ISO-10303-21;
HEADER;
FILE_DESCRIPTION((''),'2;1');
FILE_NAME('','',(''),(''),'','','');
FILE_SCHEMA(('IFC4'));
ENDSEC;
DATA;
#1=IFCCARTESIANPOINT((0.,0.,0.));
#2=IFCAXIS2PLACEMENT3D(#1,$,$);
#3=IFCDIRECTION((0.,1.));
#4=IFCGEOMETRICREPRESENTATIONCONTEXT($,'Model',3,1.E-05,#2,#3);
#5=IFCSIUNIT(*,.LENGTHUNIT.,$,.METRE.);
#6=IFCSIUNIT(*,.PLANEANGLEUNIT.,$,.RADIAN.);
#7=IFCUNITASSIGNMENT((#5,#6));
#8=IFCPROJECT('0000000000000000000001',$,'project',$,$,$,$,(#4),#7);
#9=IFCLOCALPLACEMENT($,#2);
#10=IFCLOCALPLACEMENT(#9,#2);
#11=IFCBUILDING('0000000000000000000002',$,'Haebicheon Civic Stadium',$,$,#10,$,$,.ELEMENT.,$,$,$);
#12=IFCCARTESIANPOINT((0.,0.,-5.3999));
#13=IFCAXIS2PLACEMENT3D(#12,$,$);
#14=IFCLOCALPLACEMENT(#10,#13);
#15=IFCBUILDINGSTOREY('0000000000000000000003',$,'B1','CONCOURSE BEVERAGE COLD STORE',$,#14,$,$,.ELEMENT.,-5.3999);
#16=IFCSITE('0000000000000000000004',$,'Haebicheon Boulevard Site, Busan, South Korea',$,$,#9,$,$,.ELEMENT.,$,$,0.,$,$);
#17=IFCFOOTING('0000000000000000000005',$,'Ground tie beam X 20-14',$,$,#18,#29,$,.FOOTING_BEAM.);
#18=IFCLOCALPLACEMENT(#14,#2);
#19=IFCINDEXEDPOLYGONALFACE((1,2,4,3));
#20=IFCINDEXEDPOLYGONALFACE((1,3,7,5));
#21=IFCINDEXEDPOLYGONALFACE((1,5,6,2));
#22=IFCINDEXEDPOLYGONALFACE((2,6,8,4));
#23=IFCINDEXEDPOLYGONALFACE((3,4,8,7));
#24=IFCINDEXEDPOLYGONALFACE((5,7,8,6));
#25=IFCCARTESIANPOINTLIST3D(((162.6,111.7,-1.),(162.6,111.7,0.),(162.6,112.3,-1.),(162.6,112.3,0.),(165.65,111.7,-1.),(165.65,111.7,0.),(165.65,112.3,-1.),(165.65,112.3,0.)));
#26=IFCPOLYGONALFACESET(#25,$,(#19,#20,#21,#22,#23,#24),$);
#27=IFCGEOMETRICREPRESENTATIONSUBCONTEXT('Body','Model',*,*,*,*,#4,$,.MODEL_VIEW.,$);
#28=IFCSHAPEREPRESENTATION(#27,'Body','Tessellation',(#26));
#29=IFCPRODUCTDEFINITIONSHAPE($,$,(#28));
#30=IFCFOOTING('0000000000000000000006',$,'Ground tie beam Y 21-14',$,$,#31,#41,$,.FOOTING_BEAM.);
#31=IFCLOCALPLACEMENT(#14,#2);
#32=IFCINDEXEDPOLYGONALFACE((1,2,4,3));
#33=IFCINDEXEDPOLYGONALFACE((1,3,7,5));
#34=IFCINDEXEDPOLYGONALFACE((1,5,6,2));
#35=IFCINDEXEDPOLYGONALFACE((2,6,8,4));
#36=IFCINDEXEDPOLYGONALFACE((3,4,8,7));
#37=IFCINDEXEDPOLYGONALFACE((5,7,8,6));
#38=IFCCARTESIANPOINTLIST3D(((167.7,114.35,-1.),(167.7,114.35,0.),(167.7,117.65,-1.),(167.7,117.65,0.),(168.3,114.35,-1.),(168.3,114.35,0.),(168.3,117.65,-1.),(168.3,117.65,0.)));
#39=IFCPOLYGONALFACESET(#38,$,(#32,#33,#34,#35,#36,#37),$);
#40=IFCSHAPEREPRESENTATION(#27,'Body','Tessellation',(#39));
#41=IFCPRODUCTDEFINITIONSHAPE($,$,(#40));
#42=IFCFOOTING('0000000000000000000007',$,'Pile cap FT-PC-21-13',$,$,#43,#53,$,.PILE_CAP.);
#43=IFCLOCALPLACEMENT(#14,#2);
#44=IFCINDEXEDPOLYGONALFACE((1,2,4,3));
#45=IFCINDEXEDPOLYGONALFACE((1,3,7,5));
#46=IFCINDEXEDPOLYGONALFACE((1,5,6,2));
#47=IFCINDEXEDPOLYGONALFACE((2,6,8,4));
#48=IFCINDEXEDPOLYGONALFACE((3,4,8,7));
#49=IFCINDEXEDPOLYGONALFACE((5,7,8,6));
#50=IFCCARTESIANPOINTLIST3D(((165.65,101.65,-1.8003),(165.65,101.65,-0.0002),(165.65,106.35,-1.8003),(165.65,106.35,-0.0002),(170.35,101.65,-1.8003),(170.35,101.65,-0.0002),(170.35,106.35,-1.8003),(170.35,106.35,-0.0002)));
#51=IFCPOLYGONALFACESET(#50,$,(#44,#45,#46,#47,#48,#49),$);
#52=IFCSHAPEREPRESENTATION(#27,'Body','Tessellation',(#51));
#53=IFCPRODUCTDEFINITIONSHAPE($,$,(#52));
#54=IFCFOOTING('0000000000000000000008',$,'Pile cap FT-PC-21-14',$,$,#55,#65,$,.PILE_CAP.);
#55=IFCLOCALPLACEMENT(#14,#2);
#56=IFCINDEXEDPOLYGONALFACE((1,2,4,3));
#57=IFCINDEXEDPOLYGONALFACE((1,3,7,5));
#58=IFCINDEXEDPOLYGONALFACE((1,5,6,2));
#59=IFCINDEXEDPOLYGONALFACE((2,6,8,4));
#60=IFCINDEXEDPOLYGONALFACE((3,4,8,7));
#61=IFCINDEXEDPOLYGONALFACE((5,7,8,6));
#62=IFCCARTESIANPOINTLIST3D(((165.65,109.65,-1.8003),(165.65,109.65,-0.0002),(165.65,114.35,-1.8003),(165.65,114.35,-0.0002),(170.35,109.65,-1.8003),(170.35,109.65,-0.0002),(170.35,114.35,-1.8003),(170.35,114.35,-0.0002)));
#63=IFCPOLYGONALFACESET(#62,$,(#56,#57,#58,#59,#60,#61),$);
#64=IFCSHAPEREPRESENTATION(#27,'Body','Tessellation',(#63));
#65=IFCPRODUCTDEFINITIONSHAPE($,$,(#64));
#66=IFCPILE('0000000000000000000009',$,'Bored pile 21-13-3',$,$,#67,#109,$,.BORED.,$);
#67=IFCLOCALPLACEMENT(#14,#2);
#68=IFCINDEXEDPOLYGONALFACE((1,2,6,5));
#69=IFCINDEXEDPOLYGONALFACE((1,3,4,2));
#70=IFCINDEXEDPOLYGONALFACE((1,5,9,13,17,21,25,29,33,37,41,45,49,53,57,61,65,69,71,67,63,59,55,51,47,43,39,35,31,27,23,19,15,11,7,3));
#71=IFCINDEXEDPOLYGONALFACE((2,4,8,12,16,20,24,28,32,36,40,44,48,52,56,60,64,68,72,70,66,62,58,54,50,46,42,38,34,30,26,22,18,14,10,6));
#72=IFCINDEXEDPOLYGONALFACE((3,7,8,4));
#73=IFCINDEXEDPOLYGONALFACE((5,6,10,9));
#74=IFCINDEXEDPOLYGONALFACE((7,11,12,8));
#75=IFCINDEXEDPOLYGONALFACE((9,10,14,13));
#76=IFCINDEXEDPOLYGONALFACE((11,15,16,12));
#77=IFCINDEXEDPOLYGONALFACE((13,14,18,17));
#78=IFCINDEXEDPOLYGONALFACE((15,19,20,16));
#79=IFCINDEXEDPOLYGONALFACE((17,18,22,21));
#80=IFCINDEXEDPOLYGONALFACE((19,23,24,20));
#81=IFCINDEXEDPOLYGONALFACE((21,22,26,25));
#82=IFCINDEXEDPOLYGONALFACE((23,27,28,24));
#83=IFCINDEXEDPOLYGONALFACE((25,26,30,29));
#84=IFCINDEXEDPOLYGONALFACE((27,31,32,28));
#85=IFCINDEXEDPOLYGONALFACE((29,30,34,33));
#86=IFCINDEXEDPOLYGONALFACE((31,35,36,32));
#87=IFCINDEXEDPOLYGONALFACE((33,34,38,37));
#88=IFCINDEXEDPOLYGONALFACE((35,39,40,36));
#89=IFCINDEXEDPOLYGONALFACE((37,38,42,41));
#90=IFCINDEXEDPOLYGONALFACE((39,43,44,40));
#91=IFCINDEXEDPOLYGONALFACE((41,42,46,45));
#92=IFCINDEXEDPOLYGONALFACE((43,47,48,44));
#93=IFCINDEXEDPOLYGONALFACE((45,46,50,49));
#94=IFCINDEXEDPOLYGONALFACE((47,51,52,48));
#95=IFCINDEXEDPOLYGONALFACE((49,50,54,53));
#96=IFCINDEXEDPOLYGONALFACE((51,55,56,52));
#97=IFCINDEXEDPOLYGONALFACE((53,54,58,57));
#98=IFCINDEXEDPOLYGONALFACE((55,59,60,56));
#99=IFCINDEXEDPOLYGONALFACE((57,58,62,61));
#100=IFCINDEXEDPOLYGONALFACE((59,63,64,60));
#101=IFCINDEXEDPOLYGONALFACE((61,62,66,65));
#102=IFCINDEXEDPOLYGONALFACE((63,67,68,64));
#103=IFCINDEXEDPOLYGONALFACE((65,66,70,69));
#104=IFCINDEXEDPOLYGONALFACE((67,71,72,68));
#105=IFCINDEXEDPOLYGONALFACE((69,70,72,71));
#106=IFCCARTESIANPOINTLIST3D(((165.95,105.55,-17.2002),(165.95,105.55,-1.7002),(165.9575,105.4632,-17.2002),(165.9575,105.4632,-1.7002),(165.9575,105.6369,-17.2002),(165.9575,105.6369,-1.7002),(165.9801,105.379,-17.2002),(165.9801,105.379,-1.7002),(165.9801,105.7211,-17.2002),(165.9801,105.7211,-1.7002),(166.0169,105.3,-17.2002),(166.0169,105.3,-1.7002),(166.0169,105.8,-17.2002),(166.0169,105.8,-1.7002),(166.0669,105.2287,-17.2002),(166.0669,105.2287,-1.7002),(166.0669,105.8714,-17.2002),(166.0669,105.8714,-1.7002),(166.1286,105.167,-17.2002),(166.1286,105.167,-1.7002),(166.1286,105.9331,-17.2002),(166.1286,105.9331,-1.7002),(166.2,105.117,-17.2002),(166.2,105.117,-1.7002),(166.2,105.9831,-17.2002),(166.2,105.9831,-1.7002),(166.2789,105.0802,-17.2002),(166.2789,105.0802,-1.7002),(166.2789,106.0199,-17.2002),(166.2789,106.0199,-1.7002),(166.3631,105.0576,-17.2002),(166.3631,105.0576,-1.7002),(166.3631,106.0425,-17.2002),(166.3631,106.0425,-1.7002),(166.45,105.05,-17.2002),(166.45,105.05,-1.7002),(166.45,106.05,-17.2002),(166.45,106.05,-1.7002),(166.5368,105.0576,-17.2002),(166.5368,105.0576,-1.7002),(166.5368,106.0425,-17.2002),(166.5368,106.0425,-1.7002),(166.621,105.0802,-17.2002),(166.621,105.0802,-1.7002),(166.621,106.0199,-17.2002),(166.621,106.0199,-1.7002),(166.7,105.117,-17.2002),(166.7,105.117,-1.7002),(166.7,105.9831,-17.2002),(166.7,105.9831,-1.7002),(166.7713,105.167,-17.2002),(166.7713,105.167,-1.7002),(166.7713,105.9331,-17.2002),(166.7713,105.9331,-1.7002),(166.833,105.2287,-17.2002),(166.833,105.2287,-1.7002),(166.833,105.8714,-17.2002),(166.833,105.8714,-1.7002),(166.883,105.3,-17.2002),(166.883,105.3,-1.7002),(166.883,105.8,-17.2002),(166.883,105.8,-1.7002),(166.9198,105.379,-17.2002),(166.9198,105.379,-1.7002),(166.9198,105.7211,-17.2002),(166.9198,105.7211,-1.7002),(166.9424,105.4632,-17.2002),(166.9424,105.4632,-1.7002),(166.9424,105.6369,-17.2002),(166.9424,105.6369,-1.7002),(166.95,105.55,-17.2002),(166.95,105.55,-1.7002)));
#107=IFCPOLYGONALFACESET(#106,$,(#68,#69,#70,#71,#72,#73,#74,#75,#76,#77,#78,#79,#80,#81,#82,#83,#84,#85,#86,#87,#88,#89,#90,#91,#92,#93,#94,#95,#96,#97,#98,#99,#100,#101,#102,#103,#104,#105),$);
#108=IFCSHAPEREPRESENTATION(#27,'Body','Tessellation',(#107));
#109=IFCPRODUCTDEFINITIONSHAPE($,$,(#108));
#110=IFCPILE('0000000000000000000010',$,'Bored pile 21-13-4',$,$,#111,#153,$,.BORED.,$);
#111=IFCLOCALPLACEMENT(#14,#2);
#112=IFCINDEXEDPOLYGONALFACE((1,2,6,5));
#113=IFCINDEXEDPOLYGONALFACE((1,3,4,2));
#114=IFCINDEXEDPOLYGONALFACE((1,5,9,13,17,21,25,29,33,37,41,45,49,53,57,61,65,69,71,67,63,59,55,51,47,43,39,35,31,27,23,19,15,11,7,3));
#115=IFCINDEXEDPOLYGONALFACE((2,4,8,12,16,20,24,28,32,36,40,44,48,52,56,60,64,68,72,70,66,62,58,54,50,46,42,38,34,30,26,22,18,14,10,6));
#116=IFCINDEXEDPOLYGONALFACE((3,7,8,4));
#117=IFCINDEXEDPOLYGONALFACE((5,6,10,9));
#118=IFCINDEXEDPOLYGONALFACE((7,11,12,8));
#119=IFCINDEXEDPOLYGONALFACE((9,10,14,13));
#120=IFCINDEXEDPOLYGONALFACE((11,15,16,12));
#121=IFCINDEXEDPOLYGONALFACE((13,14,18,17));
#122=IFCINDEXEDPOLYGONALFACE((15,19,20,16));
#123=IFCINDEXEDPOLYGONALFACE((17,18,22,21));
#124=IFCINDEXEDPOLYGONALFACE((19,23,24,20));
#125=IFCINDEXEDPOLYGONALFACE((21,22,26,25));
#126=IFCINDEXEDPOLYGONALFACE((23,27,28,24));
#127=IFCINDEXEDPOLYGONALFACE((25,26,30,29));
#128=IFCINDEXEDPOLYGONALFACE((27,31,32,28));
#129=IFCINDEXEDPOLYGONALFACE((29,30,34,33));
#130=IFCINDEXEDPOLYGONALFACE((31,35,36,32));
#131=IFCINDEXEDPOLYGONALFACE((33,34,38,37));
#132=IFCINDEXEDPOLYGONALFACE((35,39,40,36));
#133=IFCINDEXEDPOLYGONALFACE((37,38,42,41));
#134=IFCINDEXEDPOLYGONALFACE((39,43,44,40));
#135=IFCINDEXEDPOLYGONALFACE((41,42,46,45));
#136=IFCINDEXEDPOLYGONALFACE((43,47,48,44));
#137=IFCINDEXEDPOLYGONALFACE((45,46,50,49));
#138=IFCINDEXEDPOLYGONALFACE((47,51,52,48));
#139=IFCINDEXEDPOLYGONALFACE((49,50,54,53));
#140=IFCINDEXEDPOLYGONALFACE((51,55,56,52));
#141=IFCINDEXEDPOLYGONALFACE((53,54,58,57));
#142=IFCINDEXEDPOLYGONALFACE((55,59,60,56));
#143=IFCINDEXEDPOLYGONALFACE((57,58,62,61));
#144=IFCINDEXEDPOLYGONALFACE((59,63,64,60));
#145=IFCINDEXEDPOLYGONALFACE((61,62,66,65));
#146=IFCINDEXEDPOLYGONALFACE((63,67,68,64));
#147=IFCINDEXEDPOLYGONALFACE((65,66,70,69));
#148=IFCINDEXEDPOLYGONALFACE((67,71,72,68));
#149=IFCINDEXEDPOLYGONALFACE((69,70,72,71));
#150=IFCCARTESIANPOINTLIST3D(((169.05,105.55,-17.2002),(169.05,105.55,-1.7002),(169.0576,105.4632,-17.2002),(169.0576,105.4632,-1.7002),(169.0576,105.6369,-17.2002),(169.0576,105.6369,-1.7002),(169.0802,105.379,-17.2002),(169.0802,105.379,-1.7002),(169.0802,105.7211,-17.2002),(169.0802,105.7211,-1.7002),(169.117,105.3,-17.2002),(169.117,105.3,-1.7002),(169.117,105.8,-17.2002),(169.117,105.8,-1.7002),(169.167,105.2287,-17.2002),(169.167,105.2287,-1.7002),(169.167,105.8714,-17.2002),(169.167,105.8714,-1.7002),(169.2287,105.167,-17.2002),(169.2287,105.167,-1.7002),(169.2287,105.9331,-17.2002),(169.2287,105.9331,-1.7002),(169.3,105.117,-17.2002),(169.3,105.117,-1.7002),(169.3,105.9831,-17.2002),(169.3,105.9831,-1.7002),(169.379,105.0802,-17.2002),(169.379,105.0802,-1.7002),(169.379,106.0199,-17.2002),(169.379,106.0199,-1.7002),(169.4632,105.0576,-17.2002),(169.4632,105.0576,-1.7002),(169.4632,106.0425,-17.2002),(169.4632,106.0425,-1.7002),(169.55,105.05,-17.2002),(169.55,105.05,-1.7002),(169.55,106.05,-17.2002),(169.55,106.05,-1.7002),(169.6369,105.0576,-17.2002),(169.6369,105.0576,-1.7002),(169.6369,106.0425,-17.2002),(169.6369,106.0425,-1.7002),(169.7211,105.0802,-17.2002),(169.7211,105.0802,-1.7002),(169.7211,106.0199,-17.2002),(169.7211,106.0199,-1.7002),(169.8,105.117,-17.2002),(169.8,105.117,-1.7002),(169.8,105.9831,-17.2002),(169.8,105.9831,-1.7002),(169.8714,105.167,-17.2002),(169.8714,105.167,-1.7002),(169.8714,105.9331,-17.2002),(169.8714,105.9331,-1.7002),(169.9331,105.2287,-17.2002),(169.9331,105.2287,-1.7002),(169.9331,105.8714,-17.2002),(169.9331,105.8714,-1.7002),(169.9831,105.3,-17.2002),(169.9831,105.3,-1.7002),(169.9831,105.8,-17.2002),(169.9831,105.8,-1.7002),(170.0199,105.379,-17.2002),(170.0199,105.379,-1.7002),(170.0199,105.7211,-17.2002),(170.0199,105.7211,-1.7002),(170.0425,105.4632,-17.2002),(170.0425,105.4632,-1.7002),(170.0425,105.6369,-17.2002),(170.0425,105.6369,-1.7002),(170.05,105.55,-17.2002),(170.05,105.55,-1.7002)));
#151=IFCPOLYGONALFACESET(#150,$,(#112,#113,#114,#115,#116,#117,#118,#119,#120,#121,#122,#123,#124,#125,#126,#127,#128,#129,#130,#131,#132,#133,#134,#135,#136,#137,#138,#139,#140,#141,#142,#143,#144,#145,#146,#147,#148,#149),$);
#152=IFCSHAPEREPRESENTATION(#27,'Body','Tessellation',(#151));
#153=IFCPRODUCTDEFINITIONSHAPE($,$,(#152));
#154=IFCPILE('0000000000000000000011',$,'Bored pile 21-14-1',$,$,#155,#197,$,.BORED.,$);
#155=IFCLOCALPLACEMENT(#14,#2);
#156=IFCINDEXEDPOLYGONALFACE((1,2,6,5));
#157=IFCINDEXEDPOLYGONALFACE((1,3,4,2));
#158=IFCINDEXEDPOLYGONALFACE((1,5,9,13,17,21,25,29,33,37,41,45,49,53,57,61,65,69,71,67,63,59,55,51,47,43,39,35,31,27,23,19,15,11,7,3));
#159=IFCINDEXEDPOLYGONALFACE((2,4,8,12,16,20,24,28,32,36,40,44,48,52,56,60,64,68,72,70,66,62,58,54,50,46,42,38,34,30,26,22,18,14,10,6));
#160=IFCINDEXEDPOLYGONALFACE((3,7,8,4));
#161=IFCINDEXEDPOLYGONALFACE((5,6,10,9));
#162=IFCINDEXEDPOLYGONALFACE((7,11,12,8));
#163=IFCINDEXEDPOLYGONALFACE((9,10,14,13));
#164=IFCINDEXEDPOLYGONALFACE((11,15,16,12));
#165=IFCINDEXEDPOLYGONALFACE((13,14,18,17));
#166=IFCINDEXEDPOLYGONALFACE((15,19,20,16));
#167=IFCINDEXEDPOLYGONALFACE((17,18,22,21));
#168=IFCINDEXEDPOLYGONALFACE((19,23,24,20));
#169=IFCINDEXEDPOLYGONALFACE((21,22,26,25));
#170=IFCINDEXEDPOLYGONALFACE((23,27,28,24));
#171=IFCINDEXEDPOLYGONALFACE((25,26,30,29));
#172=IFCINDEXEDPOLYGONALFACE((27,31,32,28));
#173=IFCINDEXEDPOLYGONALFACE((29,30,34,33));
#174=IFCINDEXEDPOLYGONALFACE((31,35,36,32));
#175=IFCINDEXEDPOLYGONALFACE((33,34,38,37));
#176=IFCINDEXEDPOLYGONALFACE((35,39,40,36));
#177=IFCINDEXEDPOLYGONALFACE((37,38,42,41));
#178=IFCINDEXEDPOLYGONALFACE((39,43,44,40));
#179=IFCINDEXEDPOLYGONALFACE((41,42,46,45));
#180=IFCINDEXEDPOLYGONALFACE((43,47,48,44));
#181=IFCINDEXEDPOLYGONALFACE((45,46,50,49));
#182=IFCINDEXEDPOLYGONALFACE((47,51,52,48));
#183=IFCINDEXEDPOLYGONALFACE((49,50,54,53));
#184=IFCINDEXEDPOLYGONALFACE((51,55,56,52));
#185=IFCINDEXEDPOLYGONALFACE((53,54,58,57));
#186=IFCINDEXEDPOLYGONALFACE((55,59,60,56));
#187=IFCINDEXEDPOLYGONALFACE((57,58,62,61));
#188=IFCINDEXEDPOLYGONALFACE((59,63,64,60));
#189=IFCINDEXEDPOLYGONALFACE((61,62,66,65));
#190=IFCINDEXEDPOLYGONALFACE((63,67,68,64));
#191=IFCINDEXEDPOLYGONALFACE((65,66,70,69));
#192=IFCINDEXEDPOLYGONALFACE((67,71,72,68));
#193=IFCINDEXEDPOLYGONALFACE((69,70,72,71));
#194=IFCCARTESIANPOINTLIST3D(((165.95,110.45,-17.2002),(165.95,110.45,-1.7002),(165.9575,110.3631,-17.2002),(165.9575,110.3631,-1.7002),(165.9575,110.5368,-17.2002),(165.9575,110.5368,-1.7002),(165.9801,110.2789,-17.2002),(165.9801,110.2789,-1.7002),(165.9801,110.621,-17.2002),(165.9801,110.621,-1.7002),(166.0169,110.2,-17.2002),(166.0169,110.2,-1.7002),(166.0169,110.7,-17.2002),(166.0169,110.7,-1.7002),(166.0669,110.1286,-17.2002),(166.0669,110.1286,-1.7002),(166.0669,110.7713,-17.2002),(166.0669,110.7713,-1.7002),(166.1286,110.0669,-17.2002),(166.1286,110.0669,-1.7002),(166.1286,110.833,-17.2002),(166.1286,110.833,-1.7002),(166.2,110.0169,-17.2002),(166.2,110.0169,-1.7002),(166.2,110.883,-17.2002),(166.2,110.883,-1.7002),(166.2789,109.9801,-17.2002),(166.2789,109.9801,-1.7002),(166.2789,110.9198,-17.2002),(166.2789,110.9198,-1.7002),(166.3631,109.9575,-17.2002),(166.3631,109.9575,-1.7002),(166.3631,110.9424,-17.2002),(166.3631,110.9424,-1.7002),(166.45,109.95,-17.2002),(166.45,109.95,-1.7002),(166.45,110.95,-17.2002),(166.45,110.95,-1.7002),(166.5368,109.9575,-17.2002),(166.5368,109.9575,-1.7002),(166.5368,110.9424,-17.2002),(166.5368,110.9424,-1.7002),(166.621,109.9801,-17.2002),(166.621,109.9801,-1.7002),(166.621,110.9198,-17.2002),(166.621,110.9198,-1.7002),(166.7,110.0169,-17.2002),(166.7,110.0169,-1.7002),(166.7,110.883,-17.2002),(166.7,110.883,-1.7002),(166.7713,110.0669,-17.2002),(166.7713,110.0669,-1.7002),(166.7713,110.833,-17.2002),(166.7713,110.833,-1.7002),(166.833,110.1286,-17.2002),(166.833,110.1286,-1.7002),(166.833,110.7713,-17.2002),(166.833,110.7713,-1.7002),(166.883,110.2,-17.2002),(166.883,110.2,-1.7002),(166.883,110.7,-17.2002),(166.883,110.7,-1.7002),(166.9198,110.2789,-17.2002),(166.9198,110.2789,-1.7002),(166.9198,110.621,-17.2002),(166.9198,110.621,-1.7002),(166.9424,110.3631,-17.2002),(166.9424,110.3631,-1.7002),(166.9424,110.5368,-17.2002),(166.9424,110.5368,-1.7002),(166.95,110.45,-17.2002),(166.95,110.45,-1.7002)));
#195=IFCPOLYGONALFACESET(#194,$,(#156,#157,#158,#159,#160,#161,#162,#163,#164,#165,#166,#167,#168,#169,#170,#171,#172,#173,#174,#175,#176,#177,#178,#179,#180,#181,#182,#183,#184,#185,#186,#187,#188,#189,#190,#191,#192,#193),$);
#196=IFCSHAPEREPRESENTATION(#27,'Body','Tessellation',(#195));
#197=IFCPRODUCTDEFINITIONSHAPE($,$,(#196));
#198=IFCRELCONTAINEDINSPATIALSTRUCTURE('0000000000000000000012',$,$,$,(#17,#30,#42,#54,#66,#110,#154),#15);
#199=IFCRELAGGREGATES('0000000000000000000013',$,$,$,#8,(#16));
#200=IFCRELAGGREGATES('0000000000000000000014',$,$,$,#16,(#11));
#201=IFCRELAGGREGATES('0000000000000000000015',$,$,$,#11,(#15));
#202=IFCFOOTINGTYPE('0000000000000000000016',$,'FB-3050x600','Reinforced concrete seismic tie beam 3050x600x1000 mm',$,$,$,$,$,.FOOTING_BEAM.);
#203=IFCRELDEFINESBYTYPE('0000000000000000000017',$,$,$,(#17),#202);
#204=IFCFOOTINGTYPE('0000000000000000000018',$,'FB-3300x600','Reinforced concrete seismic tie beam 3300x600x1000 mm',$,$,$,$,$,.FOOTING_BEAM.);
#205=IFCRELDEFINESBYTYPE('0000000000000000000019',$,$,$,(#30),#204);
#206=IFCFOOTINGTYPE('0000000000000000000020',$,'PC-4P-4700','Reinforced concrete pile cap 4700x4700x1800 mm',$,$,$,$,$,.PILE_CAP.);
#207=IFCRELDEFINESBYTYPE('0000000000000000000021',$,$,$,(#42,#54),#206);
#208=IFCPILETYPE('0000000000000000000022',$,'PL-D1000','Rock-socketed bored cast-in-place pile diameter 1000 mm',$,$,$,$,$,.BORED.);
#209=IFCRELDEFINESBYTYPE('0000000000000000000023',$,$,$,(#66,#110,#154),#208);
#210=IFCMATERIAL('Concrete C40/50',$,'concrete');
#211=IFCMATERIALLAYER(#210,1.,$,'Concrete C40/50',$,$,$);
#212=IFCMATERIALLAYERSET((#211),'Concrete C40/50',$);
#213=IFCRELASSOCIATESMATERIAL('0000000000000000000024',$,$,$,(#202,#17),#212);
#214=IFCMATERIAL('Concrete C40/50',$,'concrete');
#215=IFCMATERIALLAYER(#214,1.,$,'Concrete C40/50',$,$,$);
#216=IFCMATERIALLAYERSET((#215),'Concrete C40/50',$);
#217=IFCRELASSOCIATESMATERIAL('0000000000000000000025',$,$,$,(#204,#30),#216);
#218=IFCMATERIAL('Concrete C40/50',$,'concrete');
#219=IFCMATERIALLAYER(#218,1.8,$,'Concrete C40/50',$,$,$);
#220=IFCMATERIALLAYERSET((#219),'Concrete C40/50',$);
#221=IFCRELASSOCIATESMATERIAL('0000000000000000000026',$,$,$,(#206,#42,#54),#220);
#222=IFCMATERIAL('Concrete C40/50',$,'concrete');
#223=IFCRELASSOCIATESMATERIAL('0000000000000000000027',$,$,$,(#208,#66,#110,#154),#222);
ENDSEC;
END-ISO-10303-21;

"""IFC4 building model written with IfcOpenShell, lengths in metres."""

from ifc_helpers import new_model, si_unit, direction, frame, origin, origin_2d, place, context, subcontext, project, spatial, rectangle, circle, extrude, material, layer, layer_set, material_profile, profile_set, type_object, element, save


model = new_model("IFC4")

# Units and contexts
model_context = context("Model", 3, precision=1e-05, world=origin(), true_north=direction((0.0, 1.0)))
body_context = subcontext(model_context, "Body", "Model", "MODEL_VIEW")
ifc_project = project(units=[si_unit("LENGTHUNIT", "METRE"), si_unit("PLANEANGLEUNIT", "RADIAN")], contexts=[model_context])

# Site, building, storey
site_placement = place(None, origin())
site = spatial("IfcSite", under=ifc_project, at=site_placement, Name="Haebicheon Boulevard Site, Busan, South Korea", CompositionType="ELEMENT", RefElevation=0.0)
building_placement = place(site_placement, origin())
building = spatial("IfcBuilding", under=site, at=building_placement, Name="Haebicheon Civic Stadium", CompositionType="ELEMENT")
storey_placement = place(building_placement, frame((0.0, 0.0, -5.3999)))
storey = spatial("IfcBuildingStorey", under=building, at=storey_placement, Name="B1", Description="CONCOURSE BEVERAGE COLD STORE", CompositionType="ELEMENT", Elevation=-5.3999)

# Footings
ifc_material_1 = material(Name="Concrete C40/50", Category="concrete")
ifc_layer_1 = layer(ifc_material_1, 1.0, Name="Concrete C40/50")
ifc_layer_set_1 = layer_set([ifc_layer_1], Name="Concrete C40/50")
footing_type_1 = type_object("IfcFootingType", Name="FB-3050x600", Description="Reinforced concrete seismic tie beam 3050x600x1000 mm", PredefinedType="FOOTING_BEAM", material=ifc_layer_set_1)
footing_1_placement = place(storey_placement, frame((164.125, 112.0, -1.0), z_axis=(0.0, 0.0, 1.0), x_axis=(1.0, 0.0, 0.0)))
element("IfcFooting", 1, at=footing_1_placement, inside=storey, type_object=footing_type_1, material=ifc_layer_set_1, Name="Ground tie beam X 20-14", PredefinedType="FOOTING_BEAM", context=body_context, shape_type="SweptSolid", body=[
    extrude(rectangle(XDim=3.05, YDim=0.6001, at=origin_2d()), origin(), (0.0, 0.0, 1.0), 1.0),
])
ifc_material_2 = material(Name="Concrete C40/50", Category="concrete")
ifc_layer_2 = layer(ifc_material_2, 1.0, Name="Concrete C40/50")
ifc_layer_set_2 = layer_set([ifc_layer_2], Name="Concrete C40/50")
footing_type_2 = type_object("IfcFootingType", Name="FB-3300x600", Description="Reinforced concrete seismic tie beam 3300x600x1000 mm", PredefinedType="FOOTING_BEAM", material=ifc_layer_set_2)
footing_2_placement = place(storey_placement, frame((168.0, 116.0, -1.0), z_axis=(0.0, 0.0, 1.0), x_axis=(0.0, 1.0, 0.0)))
element("IfcFooting", 2, at=footing_2_placement, inside=storey, type_object=footing_type_2, material=ifc_layer_set_2, Name="Ground tie beam Y 21-14", PredefinedType="FOOTING_BEAM", context=body_context, shape_type="SweptSolid", body=[
    extrude(rectangle(XDim=3.3, YDim=0.6001, at=origin_2d()), origin(), (0.0, 0.0, 1.0), 1.0),
])
ifc_material_3 = material(Name="Concrete C40/50", Category="concrete")
ifc_layer_3 = layer(ifc_material_3, 1.8, Name="Concrete C40/50")
ifc_layer_set_3 = layer_set([ifc_layer_3], Name="Concrete C40/50")
footing_type_3 = type_object("IfcFootingType", Name="PC-4P-4700", Description="Reinforced concrete pile cap 4700x4700x1800 mm", PredefinedType="PILE_CAP", material=ifc_layer_set_3)
for number, where, z_axis, x_axis, name in (
    (3, (168.0, 104.0, -1.8003), (0.0, 0.0, 1.0), (1.0, 0.0, 0.0), "Pile cap FT-PC-21-13"),
    (4, (168.0, 112.0, -1.8003), (0.0, 0.0, 1.0), (1.0, 0.0, 0.0), "Pile cap FT-PC-21-14"),
):
    element("IfcFooting", number, at=place(storey_placement, frame(where, z_axis=z_axis, x_axis=x_axis)), inside=storey, type_object=footing_type_3, material=ifc_layer_set_3, Name=name, PredefinedType="PILE_CAP", context=body_context, shape_type="SweptSolid", body=[
        extrude(rectangle(XDim=4.7, YDim=4.7, at=origin_2d()), origin(), (0.0, 0.0, 1.0), 1.8),
    ])

# Piles
ifc_material_4 = material(Name="Concrete C40/50", Category="concrete")
ifc_material_profile_1 = material_profile(ifc_material_4, circle(Radius=0.5, at=origin_2d()), Name="PILE-D1000")
ifc_profile_set_1 = profile_set([ifc_material_profile_1], Name="Concrete C40/50")
pile_type_1 = type_object("IfcPileType", Name="PL-D1000", Description="Rock-socketed bored cast-in-place pile diameter 1000 mm", PredefinedType="BORED", material=ifc_profile_set_1)
for number, where, z_axis, x_axis, name in (
    (5, (166.45, 105.55, -1.7002), (0.0, 0.0, -1.0), (1.0, 0.0, 0.0), "Bored pile 21-13-3"),
    (6, (169.55, 105.55, -1.7002), (0.0, 0.0, -1.0), (1.0, 0.0, 0.0), "Bored pile 21-13-4"),
    (7, (166.45, 110.45, -1.7002), (0.0, 0.0, -1.0), (1.0, 0.0, 0.0), "Bored pile 21-14-1"),
):
    element("IfcPile", number, at=place(storey_placement, frame(where, z_axis=z_axis, x_axis=x_axis)), inside=storey, type_object=pile_type_1, material=ifc_profile_set_1, Name=name, PredefinedType="BORED", context=body_context, shape_type="SweptSolid", body=[
        extrude(circle(Radius=0.5, at=origin_2d()), origin(), (0.0, 0.0, 1.0), 15.5),
    ])

save(model, "model.ifc")
